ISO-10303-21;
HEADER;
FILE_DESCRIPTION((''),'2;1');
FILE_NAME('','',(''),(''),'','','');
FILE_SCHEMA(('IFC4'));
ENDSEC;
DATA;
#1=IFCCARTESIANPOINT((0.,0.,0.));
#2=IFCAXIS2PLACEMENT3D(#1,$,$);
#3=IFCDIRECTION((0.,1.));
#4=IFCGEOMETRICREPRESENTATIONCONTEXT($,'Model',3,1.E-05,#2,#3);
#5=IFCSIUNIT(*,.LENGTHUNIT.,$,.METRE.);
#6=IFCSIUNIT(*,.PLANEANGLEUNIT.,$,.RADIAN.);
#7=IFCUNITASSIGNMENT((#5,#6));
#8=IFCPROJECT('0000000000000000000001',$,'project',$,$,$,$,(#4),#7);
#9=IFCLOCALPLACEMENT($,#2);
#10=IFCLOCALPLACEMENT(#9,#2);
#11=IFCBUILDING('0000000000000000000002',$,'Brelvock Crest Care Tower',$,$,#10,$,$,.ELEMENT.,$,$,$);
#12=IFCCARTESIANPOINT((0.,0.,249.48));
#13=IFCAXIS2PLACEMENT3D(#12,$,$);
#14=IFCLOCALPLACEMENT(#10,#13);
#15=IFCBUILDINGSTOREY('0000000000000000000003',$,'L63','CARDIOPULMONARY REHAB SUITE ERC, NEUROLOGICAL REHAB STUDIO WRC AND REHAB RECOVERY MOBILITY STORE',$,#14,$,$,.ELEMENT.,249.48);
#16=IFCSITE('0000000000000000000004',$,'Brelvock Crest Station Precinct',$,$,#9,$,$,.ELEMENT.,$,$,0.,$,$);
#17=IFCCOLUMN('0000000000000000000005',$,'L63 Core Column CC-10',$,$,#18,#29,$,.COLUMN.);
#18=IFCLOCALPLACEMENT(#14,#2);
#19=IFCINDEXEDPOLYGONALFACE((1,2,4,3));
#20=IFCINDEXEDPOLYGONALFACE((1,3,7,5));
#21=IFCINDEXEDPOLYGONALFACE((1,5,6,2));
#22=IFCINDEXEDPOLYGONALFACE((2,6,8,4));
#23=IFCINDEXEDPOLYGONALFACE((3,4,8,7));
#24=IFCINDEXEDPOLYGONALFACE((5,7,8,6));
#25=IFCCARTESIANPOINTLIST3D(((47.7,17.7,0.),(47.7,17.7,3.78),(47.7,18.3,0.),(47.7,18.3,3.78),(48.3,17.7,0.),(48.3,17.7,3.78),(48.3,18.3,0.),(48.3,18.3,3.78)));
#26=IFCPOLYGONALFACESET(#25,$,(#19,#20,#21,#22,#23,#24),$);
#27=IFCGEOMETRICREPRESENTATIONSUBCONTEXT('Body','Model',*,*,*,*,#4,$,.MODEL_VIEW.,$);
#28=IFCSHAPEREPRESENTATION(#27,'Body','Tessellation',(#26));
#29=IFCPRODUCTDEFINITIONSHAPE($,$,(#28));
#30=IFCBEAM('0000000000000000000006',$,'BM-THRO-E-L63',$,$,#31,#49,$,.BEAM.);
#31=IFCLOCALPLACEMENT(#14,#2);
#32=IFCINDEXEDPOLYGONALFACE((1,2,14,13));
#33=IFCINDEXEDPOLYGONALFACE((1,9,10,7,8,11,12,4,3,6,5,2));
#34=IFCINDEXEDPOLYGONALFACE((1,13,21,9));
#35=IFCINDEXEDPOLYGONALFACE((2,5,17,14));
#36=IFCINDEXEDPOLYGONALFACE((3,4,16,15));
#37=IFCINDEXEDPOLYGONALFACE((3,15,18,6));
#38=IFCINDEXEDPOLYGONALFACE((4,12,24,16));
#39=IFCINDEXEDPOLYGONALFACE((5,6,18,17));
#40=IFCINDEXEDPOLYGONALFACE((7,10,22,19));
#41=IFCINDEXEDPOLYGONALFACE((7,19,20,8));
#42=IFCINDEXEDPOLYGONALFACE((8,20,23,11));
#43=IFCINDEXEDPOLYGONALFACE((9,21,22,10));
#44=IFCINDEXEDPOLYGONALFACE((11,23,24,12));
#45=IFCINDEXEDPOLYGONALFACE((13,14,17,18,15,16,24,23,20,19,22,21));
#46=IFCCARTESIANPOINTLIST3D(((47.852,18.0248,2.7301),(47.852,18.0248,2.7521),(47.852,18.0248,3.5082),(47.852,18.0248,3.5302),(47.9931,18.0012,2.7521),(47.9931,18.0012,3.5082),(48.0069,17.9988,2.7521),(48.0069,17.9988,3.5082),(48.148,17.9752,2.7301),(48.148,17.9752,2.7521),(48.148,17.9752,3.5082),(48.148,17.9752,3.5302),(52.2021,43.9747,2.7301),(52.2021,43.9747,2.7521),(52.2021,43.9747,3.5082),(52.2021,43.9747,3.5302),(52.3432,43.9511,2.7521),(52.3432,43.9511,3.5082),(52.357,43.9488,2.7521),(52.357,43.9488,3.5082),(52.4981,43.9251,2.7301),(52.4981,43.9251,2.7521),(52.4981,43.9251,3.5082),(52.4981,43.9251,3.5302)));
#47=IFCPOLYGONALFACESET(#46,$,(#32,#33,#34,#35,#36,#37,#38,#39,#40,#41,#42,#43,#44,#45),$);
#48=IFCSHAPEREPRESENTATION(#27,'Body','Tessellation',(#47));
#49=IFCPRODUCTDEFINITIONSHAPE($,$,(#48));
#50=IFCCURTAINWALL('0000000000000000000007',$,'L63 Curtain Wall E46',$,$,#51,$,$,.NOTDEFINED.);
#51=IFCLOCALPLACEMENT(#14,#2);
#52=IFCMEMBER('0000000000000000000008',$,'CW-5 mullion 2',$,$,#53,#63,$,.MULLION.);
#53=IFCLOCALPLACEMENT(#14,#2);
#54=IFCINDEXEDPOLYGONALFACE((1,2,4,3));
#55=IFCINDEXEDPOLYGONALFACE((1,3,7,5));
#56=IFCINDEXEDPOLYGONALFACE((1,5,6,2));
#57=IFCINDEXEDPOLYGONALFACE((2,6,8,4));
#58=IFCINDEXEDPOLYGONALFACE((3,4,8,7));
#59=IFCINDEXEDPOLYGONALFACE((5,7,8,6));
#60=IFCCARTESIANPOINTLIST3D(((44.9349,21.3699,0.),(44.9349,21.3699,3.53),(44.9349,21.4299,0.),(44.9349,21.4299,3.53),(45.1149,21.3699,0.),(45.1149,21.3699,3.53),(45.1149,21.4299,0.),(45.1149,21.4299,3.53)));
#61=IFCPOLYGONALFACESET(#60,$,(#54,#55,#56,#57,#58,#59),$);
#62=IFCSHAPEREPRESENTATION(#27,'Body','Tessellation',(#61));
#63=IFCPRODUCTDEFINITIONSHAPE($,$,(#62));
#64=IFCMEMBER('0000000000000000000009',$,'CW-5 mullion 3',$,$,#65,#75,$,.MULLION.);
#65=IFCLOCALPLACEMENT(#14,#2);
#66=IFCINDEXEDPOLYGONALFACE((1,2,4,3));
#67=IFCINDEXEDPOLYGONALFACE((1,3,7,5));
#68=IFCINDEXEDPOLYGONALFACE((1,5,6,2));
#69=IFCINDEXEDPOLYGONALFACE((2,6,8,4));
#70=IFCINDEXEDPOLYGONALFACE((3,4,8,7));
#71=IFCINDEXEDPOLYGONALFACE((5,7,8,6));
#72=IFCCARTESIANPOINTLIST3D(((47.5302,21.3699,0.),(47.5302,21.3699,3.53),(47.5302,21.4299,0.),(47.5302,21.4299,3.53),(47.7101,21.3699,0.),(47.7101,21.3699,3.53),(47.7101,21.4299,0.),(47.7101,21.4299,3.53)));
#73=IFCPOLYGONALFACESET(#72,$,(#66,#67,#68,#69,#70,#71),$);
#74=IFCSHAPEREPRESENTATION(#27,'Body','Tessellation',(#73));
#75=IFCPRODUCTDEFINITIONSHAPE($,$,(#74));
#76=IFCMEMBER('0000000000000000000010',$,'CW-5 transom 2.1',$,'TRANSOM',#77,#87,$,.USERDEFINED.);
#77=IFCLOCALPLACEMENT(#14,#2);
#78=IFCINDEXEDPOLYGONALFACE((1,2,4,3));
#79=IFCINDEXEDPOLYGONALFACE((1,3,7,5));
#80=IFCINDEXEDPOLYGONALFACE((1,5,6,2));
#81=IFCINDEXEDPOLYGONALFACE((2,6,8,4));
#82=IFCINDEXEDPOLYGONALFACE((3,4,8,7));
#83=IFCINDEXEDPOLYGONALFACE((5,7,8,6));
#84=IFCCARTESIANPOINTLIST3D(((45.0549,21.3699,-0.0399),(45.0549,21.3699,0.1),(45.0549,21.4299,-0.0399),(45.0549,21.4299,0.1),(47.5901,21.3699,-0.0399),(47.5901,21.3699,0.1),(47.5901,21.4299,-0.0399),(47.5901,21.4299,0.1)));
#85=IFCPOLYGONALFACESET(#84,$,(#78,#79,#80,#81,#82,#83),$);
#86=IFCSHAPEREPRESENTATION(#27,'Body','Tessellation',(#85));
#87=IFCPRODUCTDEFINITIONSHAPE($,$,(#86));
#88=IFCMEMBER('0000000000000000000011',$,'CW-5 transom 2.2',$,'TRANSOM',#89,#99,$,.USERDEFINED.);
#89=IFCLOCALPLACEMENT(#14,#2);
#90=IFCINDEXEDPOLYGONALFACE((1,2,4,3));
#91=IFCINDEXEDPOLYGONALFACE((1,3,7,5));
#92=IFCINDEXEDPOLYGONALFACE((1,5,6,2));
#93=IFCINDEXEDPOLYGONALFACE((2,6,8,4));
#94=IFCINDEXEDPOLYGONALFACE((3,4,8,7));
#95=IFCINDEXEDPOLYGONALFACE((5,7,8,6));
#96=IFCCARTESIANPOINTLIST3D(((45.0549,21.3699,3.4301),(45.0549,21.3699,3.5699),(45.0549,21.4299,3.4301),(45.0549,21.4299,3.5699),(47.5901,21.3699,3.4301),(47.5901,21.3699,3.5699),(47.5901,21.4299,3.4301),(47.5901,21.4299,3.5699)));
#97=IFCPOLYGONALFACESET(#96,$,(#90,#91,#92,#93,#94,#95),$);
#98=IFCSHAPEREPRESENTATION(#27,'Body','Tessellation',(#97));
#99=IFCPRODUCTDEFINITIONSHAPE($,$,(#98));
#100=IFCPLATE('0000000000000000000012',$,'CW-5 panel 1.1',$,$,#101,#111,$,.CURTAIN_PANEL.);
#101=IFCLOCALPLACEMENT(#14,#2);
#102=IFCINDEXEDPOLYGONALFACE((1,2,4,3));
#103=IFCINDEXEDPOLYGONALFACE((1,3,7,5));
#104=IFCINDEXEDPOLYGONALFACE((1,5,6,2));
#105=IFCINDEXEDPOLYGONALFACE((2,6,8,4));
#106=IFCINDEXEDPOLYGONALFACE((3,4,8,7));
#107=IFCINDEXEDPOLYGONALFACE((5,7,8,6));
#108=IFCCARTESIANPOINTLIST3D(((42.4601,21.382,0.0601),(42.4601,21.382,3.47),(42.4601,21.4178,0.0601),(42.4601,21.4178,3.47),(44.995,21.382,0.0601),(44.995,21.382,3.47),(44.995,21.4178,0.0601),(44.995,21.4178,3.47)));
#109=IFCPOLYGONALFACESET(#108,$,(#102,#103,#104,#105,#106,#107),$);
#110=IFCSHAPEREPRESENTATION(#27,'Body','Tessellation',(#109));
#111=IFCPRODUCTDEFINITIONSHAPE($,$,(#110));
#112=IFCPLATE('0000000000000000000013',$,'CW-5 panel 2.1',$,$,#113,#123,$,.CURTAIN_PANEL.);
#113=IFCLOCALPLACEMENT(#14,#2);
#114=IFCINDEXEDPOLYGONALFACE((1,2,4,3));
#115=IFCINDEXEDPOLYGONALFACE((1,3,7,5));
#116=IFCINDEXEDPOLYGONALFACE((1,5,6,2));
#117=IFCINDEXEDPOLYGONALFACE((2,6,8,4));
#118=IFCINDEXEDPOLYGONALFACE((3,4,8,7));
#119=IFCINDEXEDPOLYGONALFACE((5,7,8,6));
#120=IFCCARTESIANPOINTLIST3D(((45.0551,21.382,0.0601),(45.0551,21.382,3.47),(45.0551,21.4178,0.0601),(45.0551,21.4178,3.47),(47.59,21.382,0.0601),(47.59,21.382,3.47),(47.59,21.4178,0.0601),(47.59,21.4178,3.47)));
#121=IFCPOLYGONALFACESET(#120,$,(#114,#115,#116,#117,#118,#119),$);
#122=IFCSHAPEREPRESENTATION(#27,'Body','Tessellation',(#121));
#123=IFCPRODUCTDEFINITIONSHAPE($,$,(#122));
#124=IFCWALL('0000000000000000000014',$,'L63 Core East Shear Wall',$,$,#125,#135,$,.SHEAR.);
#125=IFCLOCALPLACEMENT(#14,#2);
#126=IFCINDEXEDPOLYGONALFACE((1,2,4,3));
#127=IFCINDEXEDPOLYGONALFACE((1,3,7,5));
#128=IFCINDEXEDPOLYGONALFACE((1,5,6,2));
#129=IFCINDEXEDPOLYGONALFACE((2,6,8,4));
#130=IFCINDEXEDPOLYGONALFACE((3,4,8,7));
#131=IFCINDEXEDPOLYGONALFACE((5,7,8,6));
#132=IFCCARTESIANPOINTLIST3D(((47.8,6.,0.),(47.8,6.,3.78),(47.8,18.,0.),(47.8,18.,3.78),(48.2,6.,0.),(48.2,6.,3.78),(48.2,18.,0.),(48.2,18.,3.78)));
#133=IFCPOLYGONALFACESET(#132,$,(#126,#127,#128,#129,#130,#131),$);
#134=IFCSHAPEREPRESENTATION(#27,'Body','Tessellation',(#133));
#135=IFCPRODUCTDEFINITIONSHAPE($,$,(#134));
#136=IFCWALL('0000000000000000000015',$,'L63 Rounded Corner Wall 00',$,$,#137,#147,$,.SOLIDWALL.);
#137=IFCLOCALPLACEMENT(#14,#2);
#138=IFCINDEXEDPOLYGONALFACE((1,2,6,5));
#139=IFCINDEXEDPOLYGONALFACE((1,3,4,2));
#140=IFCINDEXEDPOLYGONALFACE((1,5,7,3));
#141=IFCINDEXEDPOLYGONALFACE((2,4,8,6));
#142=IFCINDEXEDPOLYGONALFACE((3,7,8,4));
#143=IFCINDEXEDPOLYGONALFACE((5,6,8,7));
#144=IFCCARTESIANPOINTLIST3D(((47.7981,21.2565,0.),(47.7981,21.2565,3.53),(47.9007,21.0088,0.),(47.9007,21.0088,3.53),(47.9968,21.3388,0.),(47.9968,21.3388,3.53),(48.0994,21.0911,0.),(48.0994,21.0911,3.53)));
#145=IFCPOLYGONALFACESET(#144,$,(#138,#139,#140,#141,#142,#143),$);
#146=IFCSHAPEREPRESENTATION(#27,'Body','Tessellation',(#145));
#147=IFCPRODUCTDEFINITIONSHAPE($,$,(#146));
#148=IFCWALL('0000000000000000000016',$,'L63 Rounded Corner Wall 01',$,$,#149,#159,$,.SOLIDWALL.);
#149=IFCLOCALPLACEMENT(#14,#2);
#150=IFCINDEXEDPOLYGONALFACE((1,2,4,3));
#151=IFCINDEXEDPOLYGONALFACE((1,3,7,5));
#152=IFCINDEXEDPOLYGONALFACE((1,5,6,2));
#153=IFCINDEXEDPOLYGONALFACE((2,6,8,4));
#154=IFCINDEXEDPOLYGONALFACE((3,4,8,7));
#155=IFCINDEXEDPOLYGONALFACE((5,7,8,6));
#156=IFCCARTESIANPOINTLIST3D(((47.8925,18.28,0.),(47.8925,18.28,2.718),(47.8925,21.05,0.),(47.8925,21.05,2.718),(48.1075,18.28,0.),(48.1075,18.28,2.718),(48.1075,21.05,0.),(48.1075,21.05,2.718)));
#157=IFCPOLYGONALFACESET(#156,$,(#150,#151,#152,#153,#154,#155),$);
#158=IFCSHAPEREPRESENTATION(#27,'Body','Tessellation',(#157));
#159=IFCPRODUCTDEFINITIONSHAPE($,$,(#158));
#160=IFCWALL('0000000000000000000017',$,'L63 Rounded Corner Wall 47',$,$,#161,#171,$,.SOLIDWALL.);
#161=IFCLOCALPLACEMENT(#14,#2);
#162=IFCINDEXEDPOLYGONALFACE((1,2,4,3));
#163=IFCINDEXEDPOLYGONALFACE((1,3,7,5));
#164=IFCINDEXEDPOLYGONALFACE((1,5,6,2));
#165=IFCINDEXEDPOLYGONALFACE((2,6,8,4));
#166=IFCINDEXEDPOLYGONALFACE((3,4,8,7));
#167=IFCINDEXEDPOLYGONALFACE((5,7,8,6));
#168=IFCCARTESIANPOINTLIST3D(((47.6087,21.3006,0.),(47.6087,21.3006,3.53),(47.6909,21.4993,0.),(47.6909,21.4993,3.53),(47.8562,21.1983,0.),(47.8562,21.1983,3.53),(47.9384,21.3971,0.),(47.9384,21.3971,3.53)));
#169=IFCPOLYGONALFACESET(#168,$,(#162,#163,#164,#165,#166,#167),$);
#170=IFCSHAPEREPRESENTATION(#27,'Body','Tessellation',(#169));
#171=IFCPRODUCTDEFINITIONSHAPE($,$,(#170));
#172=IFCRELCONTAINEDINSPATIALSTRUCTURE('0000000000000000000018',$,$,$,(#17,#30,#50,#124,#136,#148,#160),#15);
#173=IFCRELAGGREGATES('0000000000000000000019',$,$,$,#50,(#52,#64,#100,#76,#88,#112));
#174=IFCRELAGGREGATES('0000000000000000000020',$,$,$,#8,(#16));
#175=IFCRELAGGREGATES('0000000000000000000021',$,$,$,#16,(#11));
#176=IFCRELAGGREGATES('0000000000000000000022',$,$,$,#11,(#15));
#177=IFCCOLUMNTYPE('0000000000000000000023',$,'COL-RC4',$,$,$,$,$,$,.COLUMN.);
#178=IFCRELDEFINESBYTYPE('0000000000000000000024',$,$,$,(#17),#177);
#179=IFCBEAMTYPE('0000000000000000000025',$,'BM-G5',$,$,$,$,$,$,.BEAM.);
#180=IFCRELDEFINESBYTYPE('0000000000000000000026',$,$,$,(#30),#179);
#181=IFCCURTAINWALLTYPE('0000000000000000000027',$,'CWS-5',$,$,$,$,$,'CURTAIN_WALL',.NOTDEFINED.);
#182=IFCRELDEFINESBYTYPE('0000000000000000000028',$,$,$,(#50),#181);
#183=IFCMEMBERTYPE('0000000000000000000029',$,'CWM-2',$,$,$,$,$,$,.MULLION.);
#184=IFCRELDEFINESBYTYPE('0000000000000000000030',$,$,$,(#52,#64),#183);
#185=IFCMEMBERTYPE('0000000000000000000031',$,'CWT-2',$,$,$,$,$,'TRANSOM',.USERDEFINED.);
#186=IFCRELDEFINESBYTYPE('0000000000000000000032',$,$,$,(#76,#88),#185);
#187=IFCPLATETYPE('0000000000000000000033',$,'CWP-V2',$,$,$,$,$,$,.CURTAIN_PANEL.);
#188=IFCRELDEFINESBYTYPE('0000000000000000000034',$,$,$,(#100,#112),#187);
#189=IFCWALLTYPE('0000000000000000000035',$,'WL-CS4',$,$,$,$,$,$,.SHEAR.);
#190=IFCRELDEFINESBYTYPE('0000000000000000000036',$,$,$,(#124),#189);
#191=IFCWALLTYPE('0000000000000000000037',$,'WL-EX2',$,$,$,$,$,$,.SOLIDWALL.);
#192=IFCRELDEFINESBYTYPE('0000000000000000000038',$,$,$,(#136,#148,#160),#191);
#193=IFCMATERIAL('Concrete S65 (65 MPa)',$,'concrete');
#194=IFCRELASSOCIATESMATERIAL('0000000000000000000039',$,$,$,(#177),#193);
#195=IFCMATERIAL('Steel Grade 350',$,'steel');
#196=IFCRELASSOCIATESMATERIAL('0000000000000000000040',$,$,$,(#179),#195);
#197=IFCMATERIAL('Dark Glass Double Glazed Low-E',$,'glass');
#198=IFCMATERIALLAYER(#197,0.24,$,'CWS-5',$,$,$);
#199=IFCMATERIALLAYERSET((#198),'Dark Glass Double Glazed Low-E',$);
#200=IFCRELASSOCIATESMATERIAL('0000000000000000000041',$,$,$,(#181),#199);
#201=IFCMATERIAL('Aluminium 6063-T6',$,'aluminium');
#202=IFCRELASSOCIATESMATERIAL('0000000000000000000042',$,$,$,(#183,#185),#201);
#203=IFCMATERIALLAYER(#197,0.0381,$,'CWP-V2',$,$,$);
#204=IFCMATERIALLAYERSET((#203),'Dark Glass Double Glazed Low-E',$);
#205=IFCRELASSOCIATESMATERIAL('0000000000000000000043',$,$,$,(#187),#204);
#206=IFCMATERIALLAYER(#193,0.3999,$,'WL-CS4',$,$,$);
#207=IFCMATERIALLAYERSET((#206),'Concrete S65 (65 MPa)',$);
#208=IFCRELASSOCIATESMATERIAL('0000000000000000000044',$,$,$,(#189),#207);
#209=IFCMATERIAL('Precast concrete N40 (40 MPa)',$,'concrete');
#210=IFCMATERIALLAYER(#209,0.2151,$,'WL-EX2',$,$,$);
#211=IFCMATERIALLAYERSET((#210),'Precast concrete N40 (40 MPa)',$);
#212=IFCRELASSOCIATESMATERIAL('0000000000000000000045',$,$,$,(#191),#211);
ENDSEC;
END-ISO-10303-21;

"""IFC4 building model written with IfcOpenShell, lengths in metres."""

from ifc_helpers import new_model, si_unit, direction, frame, frame_2d, origin, origin_2d, place, context, subcontext, project, spatial, rectangle, i_section, extrude, source, transform, mapped, material, layer, layer_set, material_profile, profile_set, type_object, element, aggregate, save


model = new_model("IFC4")

# Units and contexts
model_context = context("Model", 3, precision=1e-05, world=origin(), true_north=direction((0.0, 1.0)))
body_context = subcontext(model_context, "Body", "Model", "MODEL_VIEW")
ifc_project = project(units=[si_unit("LENGTHUNIT", "METRE"), si_unit("PLANEANGLEUNIT", "RADIAN")], contexts=[model_context])

# Site, building, storey
site_placement = place(None, origin())
site = spatial("IfcSite", under=ifc_project, at=site_placement, Name="Brelvock Crest Station Precinct", CompositionType="ELEMENT", RefElevation=0.0)
building_placement = place(site_placement, origin())
building = spatial("IfcBuilding", under=site, at=building_placement, Name="Brelvock Crest Care Tower", CompositionType="ELEMENT")
storey_placement = place(building_placement, frame((0.0, 0.0, 249.48)))
storey = spatial("IfcBuildingStorey", under=building, at=storey_placement, Name="L63", Description="CARDIOPULMONARY REHAB SUITE ERC, NEUROLOGICAL REHAB STUDIO WRC AND REHAB RECOVERY MOBILITY STORE", CompositionType="ELEMENT", Elevation=249.48)

# Column
ifc_material_1 = material(Name="Concrete S65 (65 MPa)", Category="concrete")
ifc_material_profile_1 = material_profile(ifc_material_1, rectangle(XDim=0.6001, YDim=0.6001, at=origin_2d()), Name="RC600x600")
ifc_profile_set_1 = profile_set([ifc_material_profile_1], Name="Concrete S65 (65 MPa)")
column_type = type_object("IfcColumnType", Name="COL-RC4", PredefinedType="COLUMN", material=ifc_profile_set_1)
shared_shape_1 = source(origin(), body_context, "Body", "SweptSolid", [
    extrude(rectangle(XDim=0.6001, YDim=0.6001, at=origin_2d()), origin(), (0.0, 0.0, 1.0), 3.78),
])
column_placement = place(storey_placement, frame((48.0, 18.0, 0.0), z_axis=(0.0, 0.0, 1.0), x_axis=(1.0, 0.0, 0.0)))
element("IfcColumn", 1, at=column_placement, inside=storey, type_object=column_type, Name="L63 Core Column CC-10", PredefinedType="COLUMN", context=body_context, shape_type="MappedRepresentation", body=[
    mapped(shared_shape_1, transform((0.0, 0.0, 0.0), x_axis=(1.0, 0.0, 0.0), y_axis=(0.0, 1.0, 0.0), z_axis=(0.0, 0.0, 1.0), scale=1.0)),
])

# Beam
ifc_material_2 = material(Name="Steel Grade 350", Category="steel")
ifc_material_profile_2 = material_profile(ifc_material_2, i_section(OverallWidth=0.3, OverallDepth=0.8, WebThickness=0.0139, FlangeThickness=0.022, at=origin_2d()), Name="800WB192")
ifc_profile_set_2 = profile_set([ifc_material_profile_2], Name="Steel Grade 350")
beam_type = type_object("IfcBeamType", Name="BM-G5", PredefinedType="BEAM", material=ifc_profile_set_2)
shared_shape_2 = source(origin(), body_context, "Body", "SweptSolid", [
    extrude(i_section(OverallWidth=0.3, OverallDepth=0.8, WebThickness=0.0139, FlangeThickness=0.022, at=origin_2d()), origin(), (0.0, 0.0, 1.0), 26.312),
])
beam_placement = place(storey_placement, frame((48.0, 18.0, 3.1301), z_axis=(0.165327, 0.986239, 0.0), x_axis=(-0.986239, 0.165327, 0.0)))
element("IfcBeam", 2, at=beam_placement, inside=storey, type_object=beam_type, Name="BM-THRO-E-L63", PredefinedType="BEAM", context=body_context, shape_type="MappedRepresentation", body=[
    mapped(shared_shape_2, transform((0.0, 0.0, 0.0), x_axis=(1.0, 0.0, 0.0), y_axis=(0.0, 1.0, 0.0), z_axis=(0.0, 0.0, 1.0), scale=1.0)),
])

# Curtain wall, members, plates
ifc_material_3 = material(Name="Dark Glass Double Glazed Low-E", Category="glass")
ifc_layer_1 = layer(ifc_material_3, 0.24, Name="CWS-5")
ifc_layer_set_1 = layer_set([ifc_layer_1], Name="Dark Glass Double Glazed Low-E")
curtain_wall_type = type_object("IfcCurtainWallType", Name="CWS-5", ElementType="CURTAIN_WALL", PredefinedType="NOTDEFINED", material=ifc_layer_set_1)
curtain_wall_placement = place(storey_placement, origin())
curtain_wall = element("IfcCurtainWall", 3, at=curtain_wall_placement, inside=storey, type_object=curtain_wall_type, Name="L63 Curtain Wall E46", PredefinedType="NOTDEFINED")
ifc_material_4 = material(Name="Aluminium 6063-T6", Category="aluminium")
ifc_material_profile_3 = material_profile(ifc_material_4, rectangle(XDim=0.0601, YDim=0.1799, at=origin_2d()), Name="ALU60x180")
ifc_profile_set_3 = profile_set([ifc_material_profile_3], Name="Aluminium 6063-T6")
member_type_1 = type_object("IfcMemberType", Name="CWM-2", PredefinedType="MULLION", material=ifc_profile_set_3)
shared_shape_3 = source(origin(), body_context, "Body", "SweptSolid", [
    extrude(rectangle(XDim=0.0601, YDim=0.1799, at=origin_2d()), origin(), (0.0, 0.0, 1.0), 3.53),
])
member_1_placement = place(storey_placement, frame((45.0249, 21.3999, 0.0), z_axis=(0.0, 0.0, 1.0), x_axis=(0.0, 1.0, 0.0)))
member_1 = element("IfcMember", 4, at=member_1_placement, type_object=member_type_1, Name="CW-5 mullion 2", PredefinedType="MULLION", context=body_context, shape_type="MappedRepresentation", body=[
    mapped(shared_shape_3, transform((0.0, 0.0, 0.0), x_axis=(1.0, 0.0, 0.0), y_axis=(0.0, 1.0, 0.0), z_axis=(0.0, 0.0, 1.0), scale=1.0)),
])
member_2_placement = place(storey_placement, frame((47.6201, 21.3999, 0.0), z_axis=(0.0, 0.0, 1.0), x_axis=(0.0, 1.0, 0.0)))
member_2 = element("IfcMember", 5, at=member_2_placement, type_object=member_type_1, Name="CW-5 mullion 3", PredefinedType="MULLION", context=body_context, shape_type="MappedRepresentation", body=[
    mapped(shared_shape_3, transform((0.0, 0.0, 0.0), x_axis=(1.0, 0.0, 0.0), y_axis=(0.0, 1.0, 0.0), z_axis=(0.0, 0.0, 1.0), scale=1.0)),
])
ifc_material_profile_4 = material_profile(ifc_material_4, rectangle(XDim=0.0601, YDim=0.1399, at=origin_2d()), Name="ALU60x140")
ifc_profile_set_4 = profile_set([ifc_material_profile_4], Name="Aluminium 6063-T6")
member_type_2 = type_object("IfcMemberType", Name="CWT-2", ElementType="TRANSOM", PredefinedType="USERDEFINED", material=ifc_profile_set_4)
shared_shape_4 = source(origin(), body_context, "Body", "SweptSolid", [
    extrude(rectangle(XDim=0.0601, YDim=0.1399, at=origin_2d()), origin(), (0.0, 0.0, 1.0), 2.5352),
])
member_3_placement = place(storey_placement, frame((45.0549, 21.3999, 0.03), z_axis=(1.0, 0.0, 0.0), x_axis=(0.0, 1.0, 0.0)))
member_3 = element("IfcMember", 6, at=member_3_placement, type_object=member_type_2, Name="CW-5 transom 2.1", ObjectType="TRANSOM", PredefinedType="USERDEFINED", context=body_context, shape_type="MappedRepresentation", body=[
    mapped(shared_shape_4, transform((0.0, 0.0, 0.0), x_axis=(1.0, 0.0, 0.0), y_axis=(0.0, 1.0, 0.0), z_axis=(0.0, 0.0, 1.0), scale=1.0)),
])
member_4_placement = place(storey_placement, frame((45.0549, 21.3999, 3.5), z_axis=(1.0, 0.0, 0.0), x_axis=(0.0, 1.0, 0.0)))
member_4 = element("IfcMember", 7, at=member_4_placement, type_object=member_type_2, Name="CW-5 transom 2.2", ObjectType="TRANSOM", PredefinedType="USERDEFINED", context=body_context, shape_type="MappedRepresentation", body=[
    mapped(shared_shape_4, transform((0.0, 0.0, 0.0), x_axis=(1.0, 0.0, 0.0), y_axis=(0.0, 1.0, 0.0), z_axis=(0.0, 0.0, 1.0), scale=1.0)),
])
ifc_layer_2 = layer(ifc_material_3, 0.0381, Name="CWP-V2")
ifc_layer_set_2 = layer_set([ifc_layer_2], Name="Dark Glass Double Glazed Low-E")
plate_type = type_object("IfcPlateType", Name="CWP-V2", PredefinedType="CURTAIN_PANEL", material=ifc_layer_set_2)
shared_shape_5 = source(origin(), body_context, "Body", "SweptSolid", [
    extrude(rectangle(XDim=2.5349, YDim=0.0359, at=origin_2d()), origin(), (0.0, 0.0, 1.0), 3.4099),
])
plate_1_placement = place(storey_placement, frame((43.7275, 21.3999, 0.0601), z_axis=(0.0, 0.0, 1.0), x_axis=(1.0, 0.0, 0.0)))
plate_1 = element("IfcPlate", 8, at=plate_1_placement, type_object=plate_type, Name="CW-5 panel 1.1", PredefinedType="CURTAIN_PANEL", context=body_context, shape_type="MappedRepresentation", body=[
    mapped(shared_shape_5, transform((0.0, 0.0, 0.0), x_axis=(1.0, 0.0, 0.0), y_axis=(0.0, 1.0, 0.0), z_axis=(0.0, 0.0, 1.0), scale=1.0)),
])
plate_2_placement = place(storey_placement, frame((46.3225, 21.3999, 0.0601), z_axis=(0.0, 0.0, 1.0), x_axis=(1.0, 0.0, 0.0)))
plate_2 = element("IfcPlate", 9, at=plate_2_placement, type_object=plate_type, Name="CW-5 panel 2.1", PredefinedType="CURTAIN_PANEL", context=body_context, shape_type="MappedRepresentation", body=[
    mapped(shared_shape_5, transform((0.0, 0.0, 0.0), x_axis=(1.0, 0.0, 0.0), y_axis=(0.0, 1.0, 0.0), z_axis=(0.0, 0.0, 1.0), scale=1.0)),
])
aggregate(curtain_wall, [member_1, member_2, plate_1, member_3, member_4, plate_2])

# Walls
ifc_layer_3 = layer(ifc_material_1, 0.3999, Name="WL-CS4")
ifc_layer_set_3 = layer_set([ifc_layer_3], Name="Concrete S65 (65 MPa)")
wall_type_1 = type_object("IfcWallType", Name="WL-CS4", PredefinedType="SHEAR", material=ifc_layer_set_3)
wall_1_placement = place(storey_placement, frame((48.0, 18.0, 0.0), z_axis=(0.0, 0.0, 1.0), x_axis=(0.0, -1.0, 0.0)))
element("IfcWall", 10, at=wall_1_placement, inside=storey, type_object=wall_type_1, Name="L63 Core East Shear Wall", PredefinedType="SHEAR", context=body_context, shape_type="SweptSolid", body=[
    extrude(rectangle(XDim=12.0, YDim=0.3999, at=frame_2d((6.0, 0.0))), origin(), (0.0, 0.0, 1.0), 3.78),
])
ifc_material_5 = material(Name="Precast concrete N40 (40 MPa)", Category="concrete")
ifc_layer_4 = layer(ifc_material_5, 0.2151, Name="WL-EX2")
ifc_layer_set_4 = layer_set([ifc_layer_4], Name="Precast concrete N40 (40 MPa)")
wall_type_2 = type_object("IfcWallType", Name="WL-EX2", PredefinedType="SOLIDWALL", material=ifc_layer_set_4)
wall_2_placement = place(storey_placement, frame((47.8975, 21.2976, 0.0), z_axis=(0.0, 0.0, 1.0), x_axis=(0.382674, -0.923884, 0.0)))
element("IfcWall", 11, at=wall_2_placement, inside=storey, type_object=wall_type_2, Name="L63 Rounded Corner Wall 00", PredefinedType="SOLIDWALL", context=body_context, shape_type="SweptSolid", body=[
    extrude(rectangle(XDim=0.2681, YDim=0.2151, at=frame_2d((0.134, 0.0))), origin(), (0.0, 0.0, 1.0), 3.53),
])
wall_3_placement = place(storey_placement, frame((48.0, 21.05, 0.0), z_axis=(0.0, 0.0, 1.0), x_axis=(0.0, -1.0, 0.0)))
element("IfcWall", 12, at=wall_3_placement, inside=storey, type_object=wall_type_2, Name="L63 Rounded Corner Wall 01", PredefinedType="SOLIDWALL", context=body_context, shape_type="SweptSolid", body=[
    extrude(rectangle(XDim=2.77, YDim=0.2151, at=frame_2d((1.385, 0.0))), origin(), (0.0, 0.0, 1.0), 2.718),
])
wall_4_placement = place(storey_placement, frame((47.6499, 21.3999, 0.0), z_axis=(0.0, 0.0, 1.0), x_axis=(0.924205, -0.381896, 0.0)))
element("IfcWall", 13, at=wall_4_placement, inside=storey, type_object=wall_type_2, Name="L63 Rounded Corner Wall 47", PredefinedType="SOLIDWALL", context=body_context, shape_type="SweptSolid", body=[
    extrude(rectangle(XDim=0.2678, YDim=0.2151, at=frame_2d((0.1338, 0.0))), origin(), (0.0, 0.0, 1.0), 3.53),
])

save(model, "model.ifc")
